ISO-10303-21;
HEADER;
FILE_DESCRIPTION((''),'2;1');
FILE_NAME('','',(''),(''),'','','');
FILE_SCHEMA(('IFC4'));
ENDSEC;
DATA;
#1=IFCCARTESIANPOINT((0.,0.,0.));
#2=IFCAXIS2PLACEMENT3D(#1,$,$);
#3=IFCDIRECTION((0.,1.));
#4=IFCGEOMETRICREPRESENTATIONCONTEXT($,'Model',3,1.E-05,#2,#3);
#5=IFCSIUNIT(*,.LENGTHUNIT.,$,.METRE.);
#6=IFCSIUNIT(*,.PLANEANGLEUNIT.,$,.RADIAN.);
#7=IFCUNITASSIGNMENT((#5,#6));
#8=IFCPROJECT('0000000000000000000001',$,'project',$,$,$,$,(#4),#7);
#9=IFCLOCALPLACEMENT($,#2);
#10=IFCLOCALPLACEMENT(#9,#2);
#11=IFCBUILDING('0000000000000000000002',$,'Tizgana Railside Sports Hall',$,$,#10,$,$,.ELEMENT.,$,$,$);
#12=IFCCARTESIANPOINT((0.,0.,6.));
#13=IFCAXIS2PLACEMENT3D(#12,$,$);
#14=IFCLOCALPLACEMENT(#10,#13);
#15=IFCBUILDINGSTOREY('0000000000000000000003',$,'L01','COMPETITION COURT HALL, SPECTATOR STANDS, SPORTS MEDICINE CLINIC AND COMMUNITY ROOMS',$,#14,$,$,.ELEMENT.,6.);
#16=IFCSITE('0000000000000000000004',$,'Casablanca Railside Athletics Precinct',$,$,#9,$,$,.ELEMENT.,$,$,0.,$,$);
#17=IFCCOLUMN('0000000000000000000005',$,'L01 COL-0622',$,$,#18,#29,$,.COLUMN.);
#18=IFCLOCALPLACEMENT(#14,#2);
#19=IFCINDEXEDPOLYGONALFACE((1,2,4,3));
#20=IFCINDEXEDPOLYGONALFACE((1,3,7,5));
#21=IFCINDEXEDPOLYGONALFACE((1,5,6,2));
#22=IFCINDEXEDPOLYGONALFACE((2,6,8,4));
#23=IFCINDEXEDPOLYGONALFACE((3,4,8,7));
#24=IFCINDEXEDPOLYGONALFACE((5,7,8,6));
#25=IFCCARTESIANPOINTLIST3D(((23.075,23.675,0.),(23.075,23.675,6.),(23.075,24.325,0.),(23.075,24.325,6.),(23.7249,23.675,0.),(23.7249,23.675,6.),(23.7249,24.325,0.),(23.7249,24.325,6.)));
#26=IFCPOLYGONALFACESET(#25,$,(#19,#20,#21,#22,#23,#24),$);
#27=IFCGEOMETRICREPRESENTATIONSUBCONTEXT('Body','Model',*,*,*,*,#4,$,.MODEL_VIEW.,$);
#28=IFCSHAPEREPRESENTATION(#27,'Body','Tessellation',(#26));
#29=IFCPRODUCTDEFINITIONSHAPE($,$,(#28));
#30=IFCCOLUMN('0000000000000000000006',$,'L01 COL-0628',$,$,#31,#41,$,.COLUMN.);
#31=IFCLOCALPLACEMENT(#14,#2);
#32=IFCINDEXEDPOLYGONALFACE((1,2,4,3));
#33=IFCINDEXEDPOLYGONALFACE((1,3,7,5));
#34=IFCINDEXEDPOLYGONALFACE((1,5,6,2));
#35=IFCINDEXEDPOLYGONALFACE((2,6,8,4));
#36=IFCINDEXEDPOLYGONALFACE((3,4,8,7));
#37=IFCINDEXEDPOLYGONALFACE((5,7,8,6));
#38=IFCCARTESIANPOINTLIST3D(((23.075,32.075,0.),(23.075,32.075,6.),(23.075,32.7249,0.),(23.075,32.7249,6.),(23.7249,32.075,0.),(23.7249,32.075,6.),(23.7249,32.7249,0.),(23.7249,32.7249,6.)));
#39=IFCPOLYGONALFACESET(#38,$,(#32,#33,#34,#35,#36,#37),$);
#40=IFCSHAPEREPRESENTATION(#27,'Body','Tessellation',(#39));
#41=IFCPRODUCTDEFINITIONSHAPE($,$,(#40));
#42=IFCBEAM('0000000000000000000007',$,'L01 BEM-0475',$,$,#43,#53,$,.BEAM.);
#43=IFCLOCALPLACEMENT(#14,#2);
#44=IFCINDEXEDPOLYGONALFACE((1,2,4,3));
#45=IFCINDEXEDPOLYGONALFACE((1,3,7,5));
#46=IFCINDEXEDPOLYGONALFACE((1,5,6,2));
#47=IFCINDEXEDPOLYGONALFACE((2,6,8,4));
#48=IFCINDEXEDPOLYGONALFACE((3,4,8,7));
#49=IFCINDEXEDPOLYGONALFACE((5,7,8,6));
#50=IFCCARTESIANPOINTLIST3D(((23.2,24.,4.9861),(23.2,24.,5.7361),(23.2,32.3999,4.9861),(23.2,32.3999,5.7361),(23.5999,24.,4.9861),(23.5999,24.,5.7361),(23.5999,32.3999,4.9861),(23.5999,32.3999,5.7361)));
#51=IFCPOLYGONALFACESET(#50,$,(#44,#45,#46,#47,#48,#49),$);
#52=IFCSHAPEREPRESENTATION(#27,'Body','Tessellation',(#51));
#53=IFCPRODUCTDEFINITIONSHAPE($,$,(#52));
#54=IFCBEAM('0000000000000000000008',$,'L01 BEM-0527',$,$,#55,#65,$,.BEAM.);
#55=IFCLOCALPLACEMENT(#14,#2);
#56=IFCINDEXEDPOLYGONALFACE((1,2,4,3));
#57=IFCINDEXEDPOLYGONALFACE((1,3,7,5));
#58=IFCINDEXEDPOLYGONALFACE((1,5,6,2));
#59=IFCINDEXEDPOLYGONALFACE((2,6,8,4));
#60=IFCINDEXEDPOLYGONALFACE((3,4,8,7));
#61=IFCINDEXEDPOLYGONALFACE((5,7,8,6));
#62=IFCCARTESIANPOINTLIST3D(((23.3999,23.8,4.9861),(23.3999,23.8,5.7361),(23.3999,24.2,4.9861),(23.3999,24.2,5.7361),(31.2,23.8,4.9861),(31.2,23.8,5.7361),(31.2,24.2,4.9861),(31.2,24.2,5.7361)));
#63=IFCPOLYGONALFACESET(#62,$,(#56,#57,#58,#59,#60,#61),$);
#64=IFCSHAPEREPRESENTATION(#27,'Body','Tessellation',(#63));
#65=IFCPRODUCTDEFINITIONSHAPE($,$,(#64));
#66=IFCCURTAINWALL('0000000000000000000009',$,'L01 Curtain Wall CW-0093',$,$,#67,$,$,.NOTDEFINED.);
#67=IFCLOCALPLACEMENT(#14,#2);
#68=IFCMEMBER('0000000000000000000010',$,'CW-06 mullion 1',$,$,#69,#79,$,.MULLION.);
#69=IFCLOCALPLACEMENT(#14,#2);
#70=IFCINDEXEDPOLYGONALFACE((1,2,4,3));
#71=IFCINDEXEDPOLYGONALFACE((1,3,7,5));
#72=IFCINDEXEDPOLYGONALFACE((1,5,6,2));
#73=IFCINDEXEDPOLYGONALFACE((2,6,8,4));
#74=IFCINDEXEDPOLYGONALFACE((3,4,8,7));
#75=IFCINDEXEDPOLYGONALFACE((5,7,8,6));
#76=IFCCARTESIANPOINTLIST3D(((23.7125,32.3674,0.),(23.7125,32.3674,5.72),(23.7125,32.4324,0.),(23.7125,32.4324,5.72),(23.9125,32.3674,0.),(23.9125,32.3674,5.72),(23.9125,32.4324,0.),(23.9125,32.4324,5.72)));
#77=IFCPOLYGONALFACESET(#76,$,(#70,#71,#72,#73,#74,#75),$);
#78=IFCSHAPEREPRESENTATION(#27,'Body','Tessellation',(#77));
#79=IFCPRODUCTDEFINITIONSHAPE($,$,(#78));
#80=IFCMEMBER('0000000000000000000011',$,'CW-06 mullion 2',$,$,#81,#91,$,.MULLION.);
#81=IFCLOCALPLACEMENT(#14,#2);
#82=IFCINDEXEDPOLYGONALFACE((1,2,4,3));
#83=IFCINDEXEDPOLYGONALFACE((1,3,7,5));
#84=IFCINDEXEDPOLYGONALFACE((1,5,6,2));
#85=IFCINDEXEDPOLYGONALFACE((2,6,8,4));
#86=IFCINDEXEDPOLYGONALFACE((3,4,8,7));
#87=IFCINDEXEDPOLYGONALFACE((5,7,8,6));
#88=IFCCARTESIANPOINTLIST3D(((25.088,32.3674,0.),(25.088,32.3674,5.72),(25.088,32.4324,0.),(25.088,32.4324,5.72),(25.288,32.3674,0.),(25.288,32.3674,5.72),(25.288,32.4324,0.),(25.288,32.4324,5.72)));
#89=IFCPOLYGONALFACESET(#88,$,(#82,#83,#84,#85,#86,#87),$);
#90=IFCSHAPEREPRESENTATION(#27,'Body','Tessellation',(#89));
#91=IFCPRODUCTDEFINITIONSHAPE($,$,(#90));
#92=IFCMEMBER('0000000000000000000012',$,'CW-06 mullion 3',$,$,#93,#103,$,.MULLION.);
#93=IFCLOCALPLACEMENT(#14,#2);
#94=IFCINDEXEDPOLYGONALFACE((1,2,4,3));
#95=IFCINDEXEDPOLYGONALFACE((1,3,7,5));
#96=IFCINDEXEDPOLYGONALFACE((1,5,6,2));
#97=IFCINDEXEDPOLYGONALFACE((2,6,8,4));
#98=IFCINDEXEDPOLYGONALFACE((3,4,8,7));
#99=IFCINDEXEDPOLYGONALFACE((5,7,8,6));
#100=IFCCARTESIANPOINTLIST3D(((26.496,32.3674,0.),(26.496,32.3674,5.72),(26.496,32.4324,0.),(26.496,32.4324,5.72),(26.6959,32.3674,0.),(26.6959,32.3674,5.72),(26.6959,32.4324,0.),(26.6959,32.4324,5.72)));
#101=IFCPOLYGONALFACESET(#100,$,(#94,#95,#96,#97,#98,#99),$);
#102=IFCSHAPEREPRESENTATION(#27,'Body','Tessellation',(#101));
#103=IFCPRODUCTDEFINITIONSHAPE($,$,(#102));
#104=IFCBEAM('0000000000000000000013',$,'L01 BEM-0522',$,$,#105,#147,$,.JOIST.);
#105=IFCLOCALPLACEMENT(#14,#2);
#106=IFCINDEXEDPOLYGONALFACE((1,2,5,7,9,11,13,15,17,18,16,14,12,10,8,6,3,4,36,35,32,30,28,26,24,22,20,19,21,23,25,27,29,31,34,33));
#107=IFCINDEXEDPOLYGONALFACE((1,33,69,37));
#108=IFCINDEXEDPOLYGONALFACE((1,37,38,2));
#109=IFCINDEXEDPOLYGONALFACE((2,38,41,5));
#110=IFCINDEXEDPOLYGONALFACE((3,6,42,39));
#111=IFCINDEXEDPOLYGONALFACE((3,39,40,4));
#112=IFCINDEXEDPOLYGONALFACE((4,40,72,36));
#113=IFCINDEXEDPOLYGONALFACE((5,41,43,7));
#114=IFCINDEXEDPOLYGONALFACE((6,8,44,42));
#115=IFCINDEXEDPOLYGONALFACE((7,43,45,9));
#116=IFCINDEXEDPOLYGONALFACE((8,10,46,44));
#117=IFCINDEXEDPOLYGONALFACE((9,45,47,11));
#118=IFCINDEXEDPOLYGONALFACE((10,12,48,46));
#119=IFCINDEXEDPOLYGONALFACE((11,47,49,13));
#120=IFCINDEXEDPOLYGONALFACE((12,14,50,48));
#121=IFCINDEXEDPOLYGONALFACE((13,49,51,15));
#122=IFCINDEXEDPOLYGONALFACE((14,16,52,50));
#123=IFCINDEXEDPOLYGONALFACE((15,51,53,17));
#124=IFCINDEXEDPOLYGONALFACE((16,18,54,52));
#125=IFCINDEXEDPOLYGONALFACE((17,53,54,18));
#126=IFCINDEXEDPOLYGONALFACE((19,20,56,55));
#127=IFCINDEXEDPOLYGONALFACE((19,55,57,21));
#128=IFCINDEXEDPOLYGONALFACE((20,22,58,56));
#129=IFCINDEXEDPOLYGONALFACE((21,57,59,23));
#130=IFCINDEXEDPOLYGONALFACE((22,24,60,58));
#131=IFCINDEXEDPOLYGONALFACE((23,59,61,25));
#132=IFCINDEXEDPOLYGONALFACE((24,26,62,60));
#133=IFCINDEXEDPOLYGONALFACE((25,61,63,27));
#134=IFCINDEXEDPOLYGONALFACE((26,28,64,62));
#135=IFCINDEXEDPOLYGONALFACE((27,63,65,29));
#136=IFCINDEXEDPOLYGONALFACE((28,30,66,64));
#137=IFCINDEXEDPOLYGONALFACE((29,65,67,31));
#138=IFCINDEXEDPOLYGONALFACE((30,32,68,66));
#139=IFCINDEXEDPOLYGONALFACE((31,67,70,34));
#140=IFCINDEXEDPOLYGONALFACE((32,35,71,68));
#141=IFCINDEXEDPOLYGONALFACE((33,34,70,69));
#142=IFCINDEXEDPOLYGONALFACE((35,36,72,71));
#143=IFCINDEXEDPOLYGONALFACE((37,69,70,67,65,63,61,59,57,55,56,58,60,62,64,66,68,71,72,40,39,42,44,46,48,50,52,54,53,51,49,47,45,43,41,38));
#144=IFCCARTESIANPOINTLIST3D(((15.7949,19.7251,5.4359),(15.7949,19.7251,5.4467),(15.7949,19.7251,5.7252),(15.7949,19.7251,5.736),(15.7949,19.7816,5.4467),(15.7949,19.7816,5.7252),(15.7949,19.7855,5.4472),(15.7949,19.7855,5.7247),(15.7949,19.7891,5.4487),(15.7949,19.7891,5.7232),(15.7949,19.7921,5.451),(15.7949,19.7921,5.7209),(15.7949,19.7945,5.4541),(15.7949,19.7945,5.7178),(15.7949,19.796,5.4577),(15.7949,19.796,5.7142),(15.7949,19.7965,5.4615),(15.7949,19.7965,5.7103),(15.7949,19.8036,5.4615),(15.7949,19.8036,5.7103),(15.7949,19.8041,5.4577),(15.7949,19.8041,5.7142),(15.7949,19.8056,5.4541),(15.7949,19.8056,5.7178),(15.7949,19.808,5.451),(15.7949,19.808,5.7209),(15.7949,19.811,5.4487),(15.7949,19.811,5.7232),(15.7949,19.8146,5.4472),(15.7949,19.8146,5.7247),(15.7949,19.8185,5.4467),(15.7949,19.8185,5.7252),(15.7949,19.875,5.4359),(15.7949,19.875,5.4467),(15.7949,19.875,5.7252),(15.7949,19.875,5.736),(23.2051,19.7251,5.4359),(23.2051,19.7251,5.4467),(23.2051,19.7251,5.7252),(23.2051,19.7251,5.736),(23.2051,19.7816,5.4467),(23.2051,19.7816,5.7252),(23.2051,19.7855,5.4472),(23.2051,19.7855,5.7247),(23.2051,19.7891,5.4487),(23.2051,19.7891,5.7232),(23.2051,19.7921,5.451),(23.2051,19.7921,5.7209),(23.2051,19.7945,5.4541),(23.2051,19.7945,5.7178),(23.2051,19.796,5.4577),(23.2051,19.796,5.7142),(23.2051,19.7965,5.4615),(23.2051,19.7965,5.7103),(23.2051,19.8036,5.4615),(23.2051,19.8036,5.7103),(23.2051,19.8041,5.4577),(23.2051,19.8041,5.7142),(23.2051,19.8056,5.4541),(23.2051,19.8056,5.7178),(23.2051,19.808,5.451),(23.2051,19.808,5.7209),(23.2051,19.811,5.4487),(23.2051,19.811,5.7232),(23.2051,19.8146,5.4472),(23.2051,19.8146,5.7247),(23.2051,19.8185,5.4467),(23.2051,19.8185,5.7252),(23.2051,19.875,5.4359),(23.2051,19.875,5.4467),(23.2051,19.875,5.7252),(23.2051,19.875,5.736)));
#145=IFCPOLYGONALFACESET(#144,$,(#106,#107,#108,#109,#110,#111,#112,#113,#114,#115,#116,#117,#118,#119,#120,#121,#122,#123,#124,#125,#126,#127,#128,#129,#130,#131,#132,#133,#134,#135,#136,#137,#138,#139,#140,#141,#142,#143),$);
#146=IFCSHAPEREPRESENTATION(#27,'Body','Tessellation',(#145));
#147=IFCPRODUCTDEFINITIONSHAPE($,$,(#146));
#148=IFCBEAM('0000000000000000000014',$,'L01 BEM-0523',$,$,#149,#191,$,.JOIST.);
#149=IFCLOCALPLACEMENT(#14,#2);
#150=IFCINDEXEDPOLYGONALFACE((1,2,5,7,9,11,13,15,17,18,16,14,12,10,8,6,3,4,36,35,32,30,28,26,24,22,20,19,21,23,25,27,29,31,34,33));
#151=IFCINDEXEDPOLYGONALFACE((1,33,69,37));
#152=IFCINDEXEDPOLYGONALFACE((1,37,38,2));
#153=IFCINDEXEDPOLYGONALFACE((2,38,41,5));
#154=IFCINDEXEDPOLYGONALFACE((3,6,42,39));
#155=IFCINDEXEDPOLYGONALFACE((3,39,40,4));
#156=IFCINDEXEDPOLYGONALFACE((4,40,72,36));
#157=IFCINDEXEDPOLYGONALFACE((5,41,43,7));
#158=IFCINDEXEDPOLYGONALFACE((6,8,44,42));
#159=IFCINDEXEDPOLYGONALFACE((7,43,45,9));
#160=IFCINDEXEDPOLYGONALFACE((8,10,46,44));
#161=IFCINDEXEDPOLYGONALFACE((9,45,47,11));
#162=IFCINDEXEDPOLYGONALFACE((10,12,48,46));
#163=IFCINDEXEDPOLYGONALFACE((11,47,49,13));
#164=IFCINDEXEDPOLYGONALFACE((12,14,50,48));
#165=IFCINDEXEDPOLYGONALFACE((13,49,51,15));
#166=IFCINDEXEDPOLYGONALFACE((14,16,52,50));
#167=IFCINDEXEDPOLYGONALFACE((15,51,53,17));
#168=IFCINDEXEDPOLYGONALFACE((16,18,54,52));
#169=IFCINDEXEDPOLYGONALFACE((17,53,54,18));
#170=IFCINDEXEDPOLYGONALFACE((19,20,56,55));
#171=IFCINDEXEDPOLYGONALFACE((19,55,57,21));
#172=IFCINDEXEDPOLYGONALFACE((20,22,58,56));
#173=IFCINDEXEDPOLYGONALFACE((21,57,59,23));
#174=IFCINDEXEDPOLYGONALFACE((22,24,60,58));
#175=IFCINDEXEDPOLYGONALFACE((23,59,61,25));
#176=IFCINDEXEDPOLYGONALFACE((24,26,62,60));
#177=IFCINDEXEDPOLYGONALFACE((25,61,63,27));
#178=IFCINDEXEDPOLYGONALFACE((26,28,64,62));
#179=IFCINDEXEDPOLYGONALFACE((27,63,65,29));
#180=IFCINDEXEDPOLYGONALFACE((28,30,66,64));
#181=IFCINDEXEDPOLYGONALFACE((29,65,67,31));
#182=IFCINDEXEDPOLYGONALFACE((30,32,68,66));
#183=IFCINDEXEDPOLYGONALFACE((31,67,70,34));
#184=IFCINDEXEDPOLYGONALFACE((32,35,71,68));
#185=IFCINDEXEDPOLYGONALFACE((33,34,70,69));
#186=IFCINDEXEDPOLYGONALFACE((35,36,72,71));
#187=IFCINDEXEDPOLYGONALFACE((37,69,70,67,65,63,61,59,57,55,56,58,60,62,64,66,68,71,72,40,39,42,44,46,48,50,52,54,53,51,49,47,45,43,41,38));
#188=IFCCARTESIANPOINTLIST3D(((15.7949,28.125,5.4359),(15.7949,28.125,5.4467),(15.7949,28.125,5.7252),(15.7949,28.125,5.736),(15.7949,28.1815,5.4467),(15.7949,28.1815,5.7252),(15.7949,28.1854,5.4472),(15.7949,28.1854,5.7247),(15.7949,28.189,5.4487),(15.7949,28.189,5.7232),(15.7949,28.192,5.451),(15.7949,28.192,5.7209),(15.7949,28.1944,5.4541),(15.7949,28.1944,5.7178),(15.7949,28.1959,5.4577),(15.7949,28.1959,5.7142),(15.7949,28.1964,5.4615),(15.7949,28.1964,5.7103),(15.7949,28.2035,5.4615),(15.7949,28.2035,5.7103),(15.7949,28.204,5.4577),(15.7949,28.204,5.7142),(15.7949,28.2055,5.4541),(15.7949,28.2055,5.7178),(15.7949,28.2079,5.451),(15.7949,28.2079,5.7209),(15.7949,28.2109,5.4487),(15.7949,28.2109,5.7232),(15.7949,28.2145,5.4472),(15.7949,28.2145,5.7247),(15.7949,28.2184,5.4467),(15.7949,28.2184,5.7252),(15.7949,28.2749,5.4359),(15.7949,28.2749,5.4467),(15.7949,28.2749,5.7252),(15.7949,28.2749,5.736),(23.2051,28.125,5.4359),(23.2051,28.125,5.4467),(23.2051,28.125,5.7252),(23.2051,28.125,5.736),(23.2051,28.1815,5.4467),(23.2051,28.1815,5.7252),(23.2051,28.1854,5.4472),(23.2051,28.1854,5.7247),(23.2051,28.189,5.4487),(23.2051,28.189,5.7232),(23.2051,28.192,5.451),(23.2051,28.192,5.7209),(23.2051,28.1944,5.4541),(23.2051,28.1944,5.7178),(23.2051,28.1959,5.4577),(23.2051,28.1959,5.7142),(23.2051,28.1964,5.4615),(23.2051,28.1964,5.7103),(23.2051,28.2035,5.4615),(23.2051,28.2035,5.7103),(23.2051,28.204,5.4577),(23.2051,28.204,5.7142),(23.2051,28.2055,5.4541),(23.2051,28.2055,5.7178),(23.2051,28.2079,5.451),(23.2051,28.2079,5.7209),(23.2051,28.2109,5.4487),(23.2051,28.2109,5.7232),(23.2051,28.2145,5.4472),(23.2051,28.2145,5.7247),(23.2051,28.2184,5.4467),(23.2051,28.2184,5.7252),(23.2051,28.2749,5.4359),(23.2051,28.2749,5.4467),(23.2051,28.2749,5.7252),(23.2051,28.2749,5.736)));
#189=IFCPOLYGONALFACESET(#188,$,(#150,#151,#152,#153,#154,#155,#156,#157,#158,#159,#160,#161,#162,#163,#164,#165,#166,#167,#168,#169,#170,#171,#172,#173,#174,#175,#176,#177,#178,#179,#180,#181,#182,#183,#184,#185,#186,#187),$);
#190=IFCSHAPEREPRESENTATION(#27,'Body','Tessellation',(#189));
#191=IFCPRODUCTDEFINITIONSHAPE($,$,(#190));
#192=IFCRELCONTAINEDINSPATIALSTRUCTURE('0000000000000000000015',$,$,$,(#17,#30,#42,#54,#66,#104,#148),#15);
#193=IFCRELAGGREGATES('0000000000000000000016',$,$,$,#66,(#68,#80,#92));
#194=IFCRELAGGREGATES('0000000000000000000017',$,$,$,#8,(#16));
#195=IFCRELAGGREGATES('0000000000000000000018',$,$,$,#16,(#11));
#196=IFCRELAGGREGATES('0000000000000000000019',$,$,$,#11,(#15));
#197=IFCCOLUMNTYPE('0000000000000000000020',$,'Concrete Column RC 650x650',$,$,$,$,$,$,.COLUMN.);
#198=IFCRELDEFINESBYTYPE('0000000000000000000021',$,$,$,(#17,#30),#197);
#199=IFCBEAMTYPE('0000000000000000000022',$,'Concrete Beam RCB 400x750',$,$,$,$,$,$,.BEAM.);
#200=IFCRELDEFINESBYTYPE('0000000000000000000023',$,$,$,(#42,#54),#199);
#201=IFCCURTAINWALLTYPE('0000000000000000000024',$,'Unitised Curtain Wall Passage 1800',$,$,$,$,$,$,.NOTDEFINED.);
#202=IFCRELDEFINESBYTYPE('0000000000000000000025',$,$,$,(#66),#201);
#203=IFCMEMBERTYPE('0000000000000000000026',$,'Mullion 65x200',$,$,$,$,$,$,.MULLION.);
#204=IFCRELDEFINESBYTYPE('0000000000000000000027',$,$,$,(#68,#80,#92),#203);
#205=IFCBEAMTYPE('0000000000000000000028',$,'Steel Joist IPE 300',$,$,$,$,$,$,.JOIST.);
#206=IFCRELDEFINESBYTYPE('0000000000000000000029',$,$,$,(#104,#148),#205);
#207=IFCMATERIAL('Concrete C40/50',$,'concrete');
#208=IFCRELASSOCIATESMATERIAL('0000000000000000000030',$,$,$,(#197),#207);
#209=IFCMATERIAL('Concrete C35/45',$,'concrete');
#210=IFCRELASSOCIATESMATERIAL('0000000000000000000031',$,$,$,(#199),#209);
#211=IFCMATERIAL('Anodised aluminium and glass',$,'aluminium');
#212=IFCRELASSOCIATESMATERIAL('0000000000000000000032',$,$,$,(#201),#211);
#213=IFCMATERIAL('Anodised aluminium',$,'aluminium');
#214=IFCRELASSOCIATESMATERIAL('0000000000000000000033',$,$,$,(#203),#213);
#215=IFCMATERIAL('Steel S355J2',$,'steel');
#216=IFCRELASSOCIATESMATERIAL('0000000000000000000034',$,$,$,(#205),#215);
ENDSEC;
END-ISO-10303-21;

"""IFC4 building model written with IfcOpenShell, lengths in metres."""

from ifc_helpers import new_model, si_unit, direction, frame, origin, origin_2d, place, context, subcontext, project, spatial, rectangle, i_section, extrude, material, material_profile, profile_set, type_object, element, aggregate, save


model = new_model("IFC4")

# Units and contexts
model_context = context("Model", 3, precision=1e-05, world=origin(), true_north=direction((0.0, 1.0)))
body_context = subcontext(model_context, "Body", "Model", "MODEL_VIEW")
ifc_project = project(units=[si_unit("LENGTHUNIT", "METRE"), si_unit("PLANEANGLEUNIT", "RADIAN")], contexts=[model_context])

# Site, building, storey
site_placement = place(None, origin())
site = spatial("IfcSite", under=ifc_project, at=site_placement, Name="Casablanca Railside Athletics Precinct", CompositionType="ELEMENT", RefElevation=0.0)
building_placement = place(site_placement, origin())
building = spatial("IfcBuilding", under=site, at=building_placement, Name="Tizgana Railside Sports Hall", CompositionType="ELEMENT")
storey_placement = place(building_placement, frame((0.0, 0.0, 6.0)))
storey = spatial("IfcBuildingStorey", under=building, at=storey_placement, Name="L01", Description="COMPETITION COURT HALL, SPECTATOR STANDS, SPORTS MEDICINE CLINIC AND COMMUNITY ROOMS", CompositionType="ELEMENT", Elevation=6.0)

# Columns
ifc_material_1 = material(Name="Concrete C40/50", Category="concrete")
ifc_material_profile_1 = material_profile(ifc_material_1, rectangle(XDim=0.6499, YDim=0.6499, at=origin_2d()), Name="RC 650x650")
ifc_profile_set_1 = profile_set([ifc_material_profile_1], Name="Concrete C40/50")
column_type = type_object("IfcColumnType", Name="Concrete Column RC 650x650", PredefinedType="COLUMN", material=ifc_profile_set_1)
for number, where, z_axis, x_axis, name in (
    (1, (23.3999, 24.0, 0.0), (0.0, 0.0, 1.0), (1.0, 0.0, 0.0), "L01 COL-0622"),
    (2, (23.3999, 32.3999, 0.0), (0.0, 0.0, 1.0), (1.0, 0.0, 0.0), "L01 COL-0628"),
):
    element("IfcColumn", number, at=place(storey_placement, frame(where, z_axis=z_axis, x_axis=x_axis)), inside=storey, type_object=column_type, Name=name, PredefinedType="COLUMN", context=body_context, shape_type="SweptSolid", body=[
        extrude(rectangle(XDim=0.6499, YDim=0.6499, at=origin_2d()), origin(), (0.0, 0.0, 1.0), 6.0),
    ])

# Beams
ifc_material_2 = material(Name="Concrete C35/45", Category="concrete")
ifc_material_profile_2 = material_profile(ifc_material_2, rectangle(XDim=0.3999, YDim=0.75, at=origin_2d()), Name="RCB 400x750")
ifc_profile_set_2 = profile_set([ifc_material_profile_2], Name="Concrete C35/45")
beam_type_1 = type_object("IfcBeamType", Name="Concrete Beam RCB 400x750", PredefinedType="BEAM", material=ifc_profile_set_2)
beam_1_placement = place(storey_placement, frame((23.3999, 24.0, 5.3611), z_axis=(0.0, 1.0, 0.0), x_axis=(-1.0, 0.0, 0.0)))
element("IfcBeam", 3, at=beam_1_placement, inside=storey, type_object=beam_type_1, Name="L01 BEM-0475", PredefinedType="BEAM", context=body_context, shape_type="SweptSolid", body=[
    extrude(rectangle(XDim=0.3999, YDim=0.75, at=origin_2d()), origin(), (0.0, 0.0, 1.0), 8.3999),
])
beam_2_placement = place(storey_placement, frame((23.3999, 24.0, 5.3611), z_axis=(1.0, 0.0, 0.0), x_axis=(0.0, 1.0, 0.0)))
element("IfcBeam", 4, at=beam_2_placement, inside=storey, type_object=beam_type_1, Name="L01 BEM-0527", PredefinedType="BEAM", context=body_context, shape_type="SweptSolid", body=[
    extrude(rectangle(XDim=0.3999, YDim=0.75, at=origin_2d()), origin(), (0.0, 0.0, 1.0), 7.8),
])

# Curtain wall, members
ifc_material_3 = material(Name="Anodised aluminium and glass", Category="aluminium")
curtain_wall_type = type_object("IfcCurtainWallType", Name="Unitised Curtain Wall Passage 1800", PredefinedType="NOTDEFINED", material=ifc_material_3)
curtain_wall_placement = place(storey_placement, origin())
curtain_wall = element("IfcCurtainWall", 5, at=curtain_wall_placement, inside=storey, type_object=curtain_wall_type, Name="L01 Curtain Wall CW-0093", PredefinedType="NOTDEFINED")
ifc_material_4 = material(Name="Anodised aluminium", Category="aluminium")
ifc_material_profile_3 = material_profile(ifc_material_4, rectangle(XDim=0.0649, YDim=0.2, at=origin_2d()), Name="Mullion 65x200")
ifc_profile_set_3 = profile_set([ifc_material_profile_3], Name="Anodised aluminium")
member_type_1 = type_object("IfcMemberType", Name="Mullion 65x200", PredefinedType="MULLION", material=ifc_profile_set_3)
member_1_placement = place(storey_placement, frame((23.8125, 32.3999, 0.0), z_axis=(0.0, 0.0, 1.0), x_axis=(0.0, 1.0, 0.0)))
member_1 = element("IfcMember", 6, at=member_1_placement, type_object=member_type_1, Name="CW-06 mullion 1", PredefinedType="MULLION", context=body_context, shape_type="SweptSolid", body=[
    extrude(rectangle(XDim=0.0649, YDim=0.2, at=origin_2d()), origin(), (0.0, 0.0, 1.0), 5.72),
])
member_2_placement = place(storey_placement, frame((25.188, 32.3999, 0.0), z_axis=(0.0, 0.0, 1.0), x_axis=(0.0, 1.0, 0.0)))
member_2 = element("IfcMember", 7, at=member_2_placement, type_object=member_type_1, Name="CW-06 mullion 2", PredefinedType="MULLION", context=body_context, shape_type="SweptSolid", body=[
    extrude(rectangle(XDim=0.0649, YDim=0.2, at=origin_2d()), origin(), (0.0, 0.0, 1.0), 5.72),
])
member_3_placement = place(storey_placement, frame((26.5959, 32.3999, 0.0), z_axis=(0.0, 0.0, 1.0), x_axis=(0.0, 1.0, 0.0)))
member_3 = element("IfcMember", 8, at=member_3_placement, type_object=member_type_1, Name="CW-06 mullion 3", PredefinedType="MULLION", context=body_context, shape_type="SweptSolid", body=[
    extrude(rectangle(XDim=0.0649, YDim=0.2, at=origin_2d()), origin(), (0.0, 0.0, 1.0), 5.72),
])

# Beams
ifc_material_5 = material(Name="Steel S355J2", Category="steel")
ifc_material_profile_4 = material_profile(ifc_material_5, i_section(OverallWidth=0.1499, OverallDepth=0.3, WebThickness=0.0071, FlangeThickness=0.0107, FilletRadius=0.0149, at=origin_2d()), Name="IPE 300")
ifc_profile_set_4 = profile_set([ifc_material_profile_4], Name="Steel S355J2")
beam_type_2 = type_object("IfcBeamType", Name="Steel Joist IPE 300", PredefinedType="JOIST", material=ifc_profile_set_4)
for number, where, z_axis, x_axis, name in (
    (9, (15.7949, 19.8, 5.5859), (1.0, 0.0, 0.0), (0.0, 1.0, 0.0), "L01 BEM-0522"),
    (10, (15.7949, 28.2, 5.5859), (1.0, 0.0, 0.0), (0.0, 1.0, 0.0), "L01 BEM-0523"),
):
    element("IfcBeam", number, at=place(storey_placement, frame(where, z_axis=z_axis, x_axis=x_axis)), inside=storey, type_object=beam_type_2, Name=name, PredefinedType="JOIST", context=body_context, shape_type="SweptSolid", body=[
        extrude(i_section(OverallWidth=0.1499, OverallDepth=0.3, WebThickness=0.0071, FlangeThickness=0.0107, FilletRadius=0.0149, at=origin_2d()), origin(), (0.0, 0.0, 1.0), 7.4102),
    ])

aggregate(curtain_wall, [member_1, member_2, member_3])

save(model, "model.ifc")
